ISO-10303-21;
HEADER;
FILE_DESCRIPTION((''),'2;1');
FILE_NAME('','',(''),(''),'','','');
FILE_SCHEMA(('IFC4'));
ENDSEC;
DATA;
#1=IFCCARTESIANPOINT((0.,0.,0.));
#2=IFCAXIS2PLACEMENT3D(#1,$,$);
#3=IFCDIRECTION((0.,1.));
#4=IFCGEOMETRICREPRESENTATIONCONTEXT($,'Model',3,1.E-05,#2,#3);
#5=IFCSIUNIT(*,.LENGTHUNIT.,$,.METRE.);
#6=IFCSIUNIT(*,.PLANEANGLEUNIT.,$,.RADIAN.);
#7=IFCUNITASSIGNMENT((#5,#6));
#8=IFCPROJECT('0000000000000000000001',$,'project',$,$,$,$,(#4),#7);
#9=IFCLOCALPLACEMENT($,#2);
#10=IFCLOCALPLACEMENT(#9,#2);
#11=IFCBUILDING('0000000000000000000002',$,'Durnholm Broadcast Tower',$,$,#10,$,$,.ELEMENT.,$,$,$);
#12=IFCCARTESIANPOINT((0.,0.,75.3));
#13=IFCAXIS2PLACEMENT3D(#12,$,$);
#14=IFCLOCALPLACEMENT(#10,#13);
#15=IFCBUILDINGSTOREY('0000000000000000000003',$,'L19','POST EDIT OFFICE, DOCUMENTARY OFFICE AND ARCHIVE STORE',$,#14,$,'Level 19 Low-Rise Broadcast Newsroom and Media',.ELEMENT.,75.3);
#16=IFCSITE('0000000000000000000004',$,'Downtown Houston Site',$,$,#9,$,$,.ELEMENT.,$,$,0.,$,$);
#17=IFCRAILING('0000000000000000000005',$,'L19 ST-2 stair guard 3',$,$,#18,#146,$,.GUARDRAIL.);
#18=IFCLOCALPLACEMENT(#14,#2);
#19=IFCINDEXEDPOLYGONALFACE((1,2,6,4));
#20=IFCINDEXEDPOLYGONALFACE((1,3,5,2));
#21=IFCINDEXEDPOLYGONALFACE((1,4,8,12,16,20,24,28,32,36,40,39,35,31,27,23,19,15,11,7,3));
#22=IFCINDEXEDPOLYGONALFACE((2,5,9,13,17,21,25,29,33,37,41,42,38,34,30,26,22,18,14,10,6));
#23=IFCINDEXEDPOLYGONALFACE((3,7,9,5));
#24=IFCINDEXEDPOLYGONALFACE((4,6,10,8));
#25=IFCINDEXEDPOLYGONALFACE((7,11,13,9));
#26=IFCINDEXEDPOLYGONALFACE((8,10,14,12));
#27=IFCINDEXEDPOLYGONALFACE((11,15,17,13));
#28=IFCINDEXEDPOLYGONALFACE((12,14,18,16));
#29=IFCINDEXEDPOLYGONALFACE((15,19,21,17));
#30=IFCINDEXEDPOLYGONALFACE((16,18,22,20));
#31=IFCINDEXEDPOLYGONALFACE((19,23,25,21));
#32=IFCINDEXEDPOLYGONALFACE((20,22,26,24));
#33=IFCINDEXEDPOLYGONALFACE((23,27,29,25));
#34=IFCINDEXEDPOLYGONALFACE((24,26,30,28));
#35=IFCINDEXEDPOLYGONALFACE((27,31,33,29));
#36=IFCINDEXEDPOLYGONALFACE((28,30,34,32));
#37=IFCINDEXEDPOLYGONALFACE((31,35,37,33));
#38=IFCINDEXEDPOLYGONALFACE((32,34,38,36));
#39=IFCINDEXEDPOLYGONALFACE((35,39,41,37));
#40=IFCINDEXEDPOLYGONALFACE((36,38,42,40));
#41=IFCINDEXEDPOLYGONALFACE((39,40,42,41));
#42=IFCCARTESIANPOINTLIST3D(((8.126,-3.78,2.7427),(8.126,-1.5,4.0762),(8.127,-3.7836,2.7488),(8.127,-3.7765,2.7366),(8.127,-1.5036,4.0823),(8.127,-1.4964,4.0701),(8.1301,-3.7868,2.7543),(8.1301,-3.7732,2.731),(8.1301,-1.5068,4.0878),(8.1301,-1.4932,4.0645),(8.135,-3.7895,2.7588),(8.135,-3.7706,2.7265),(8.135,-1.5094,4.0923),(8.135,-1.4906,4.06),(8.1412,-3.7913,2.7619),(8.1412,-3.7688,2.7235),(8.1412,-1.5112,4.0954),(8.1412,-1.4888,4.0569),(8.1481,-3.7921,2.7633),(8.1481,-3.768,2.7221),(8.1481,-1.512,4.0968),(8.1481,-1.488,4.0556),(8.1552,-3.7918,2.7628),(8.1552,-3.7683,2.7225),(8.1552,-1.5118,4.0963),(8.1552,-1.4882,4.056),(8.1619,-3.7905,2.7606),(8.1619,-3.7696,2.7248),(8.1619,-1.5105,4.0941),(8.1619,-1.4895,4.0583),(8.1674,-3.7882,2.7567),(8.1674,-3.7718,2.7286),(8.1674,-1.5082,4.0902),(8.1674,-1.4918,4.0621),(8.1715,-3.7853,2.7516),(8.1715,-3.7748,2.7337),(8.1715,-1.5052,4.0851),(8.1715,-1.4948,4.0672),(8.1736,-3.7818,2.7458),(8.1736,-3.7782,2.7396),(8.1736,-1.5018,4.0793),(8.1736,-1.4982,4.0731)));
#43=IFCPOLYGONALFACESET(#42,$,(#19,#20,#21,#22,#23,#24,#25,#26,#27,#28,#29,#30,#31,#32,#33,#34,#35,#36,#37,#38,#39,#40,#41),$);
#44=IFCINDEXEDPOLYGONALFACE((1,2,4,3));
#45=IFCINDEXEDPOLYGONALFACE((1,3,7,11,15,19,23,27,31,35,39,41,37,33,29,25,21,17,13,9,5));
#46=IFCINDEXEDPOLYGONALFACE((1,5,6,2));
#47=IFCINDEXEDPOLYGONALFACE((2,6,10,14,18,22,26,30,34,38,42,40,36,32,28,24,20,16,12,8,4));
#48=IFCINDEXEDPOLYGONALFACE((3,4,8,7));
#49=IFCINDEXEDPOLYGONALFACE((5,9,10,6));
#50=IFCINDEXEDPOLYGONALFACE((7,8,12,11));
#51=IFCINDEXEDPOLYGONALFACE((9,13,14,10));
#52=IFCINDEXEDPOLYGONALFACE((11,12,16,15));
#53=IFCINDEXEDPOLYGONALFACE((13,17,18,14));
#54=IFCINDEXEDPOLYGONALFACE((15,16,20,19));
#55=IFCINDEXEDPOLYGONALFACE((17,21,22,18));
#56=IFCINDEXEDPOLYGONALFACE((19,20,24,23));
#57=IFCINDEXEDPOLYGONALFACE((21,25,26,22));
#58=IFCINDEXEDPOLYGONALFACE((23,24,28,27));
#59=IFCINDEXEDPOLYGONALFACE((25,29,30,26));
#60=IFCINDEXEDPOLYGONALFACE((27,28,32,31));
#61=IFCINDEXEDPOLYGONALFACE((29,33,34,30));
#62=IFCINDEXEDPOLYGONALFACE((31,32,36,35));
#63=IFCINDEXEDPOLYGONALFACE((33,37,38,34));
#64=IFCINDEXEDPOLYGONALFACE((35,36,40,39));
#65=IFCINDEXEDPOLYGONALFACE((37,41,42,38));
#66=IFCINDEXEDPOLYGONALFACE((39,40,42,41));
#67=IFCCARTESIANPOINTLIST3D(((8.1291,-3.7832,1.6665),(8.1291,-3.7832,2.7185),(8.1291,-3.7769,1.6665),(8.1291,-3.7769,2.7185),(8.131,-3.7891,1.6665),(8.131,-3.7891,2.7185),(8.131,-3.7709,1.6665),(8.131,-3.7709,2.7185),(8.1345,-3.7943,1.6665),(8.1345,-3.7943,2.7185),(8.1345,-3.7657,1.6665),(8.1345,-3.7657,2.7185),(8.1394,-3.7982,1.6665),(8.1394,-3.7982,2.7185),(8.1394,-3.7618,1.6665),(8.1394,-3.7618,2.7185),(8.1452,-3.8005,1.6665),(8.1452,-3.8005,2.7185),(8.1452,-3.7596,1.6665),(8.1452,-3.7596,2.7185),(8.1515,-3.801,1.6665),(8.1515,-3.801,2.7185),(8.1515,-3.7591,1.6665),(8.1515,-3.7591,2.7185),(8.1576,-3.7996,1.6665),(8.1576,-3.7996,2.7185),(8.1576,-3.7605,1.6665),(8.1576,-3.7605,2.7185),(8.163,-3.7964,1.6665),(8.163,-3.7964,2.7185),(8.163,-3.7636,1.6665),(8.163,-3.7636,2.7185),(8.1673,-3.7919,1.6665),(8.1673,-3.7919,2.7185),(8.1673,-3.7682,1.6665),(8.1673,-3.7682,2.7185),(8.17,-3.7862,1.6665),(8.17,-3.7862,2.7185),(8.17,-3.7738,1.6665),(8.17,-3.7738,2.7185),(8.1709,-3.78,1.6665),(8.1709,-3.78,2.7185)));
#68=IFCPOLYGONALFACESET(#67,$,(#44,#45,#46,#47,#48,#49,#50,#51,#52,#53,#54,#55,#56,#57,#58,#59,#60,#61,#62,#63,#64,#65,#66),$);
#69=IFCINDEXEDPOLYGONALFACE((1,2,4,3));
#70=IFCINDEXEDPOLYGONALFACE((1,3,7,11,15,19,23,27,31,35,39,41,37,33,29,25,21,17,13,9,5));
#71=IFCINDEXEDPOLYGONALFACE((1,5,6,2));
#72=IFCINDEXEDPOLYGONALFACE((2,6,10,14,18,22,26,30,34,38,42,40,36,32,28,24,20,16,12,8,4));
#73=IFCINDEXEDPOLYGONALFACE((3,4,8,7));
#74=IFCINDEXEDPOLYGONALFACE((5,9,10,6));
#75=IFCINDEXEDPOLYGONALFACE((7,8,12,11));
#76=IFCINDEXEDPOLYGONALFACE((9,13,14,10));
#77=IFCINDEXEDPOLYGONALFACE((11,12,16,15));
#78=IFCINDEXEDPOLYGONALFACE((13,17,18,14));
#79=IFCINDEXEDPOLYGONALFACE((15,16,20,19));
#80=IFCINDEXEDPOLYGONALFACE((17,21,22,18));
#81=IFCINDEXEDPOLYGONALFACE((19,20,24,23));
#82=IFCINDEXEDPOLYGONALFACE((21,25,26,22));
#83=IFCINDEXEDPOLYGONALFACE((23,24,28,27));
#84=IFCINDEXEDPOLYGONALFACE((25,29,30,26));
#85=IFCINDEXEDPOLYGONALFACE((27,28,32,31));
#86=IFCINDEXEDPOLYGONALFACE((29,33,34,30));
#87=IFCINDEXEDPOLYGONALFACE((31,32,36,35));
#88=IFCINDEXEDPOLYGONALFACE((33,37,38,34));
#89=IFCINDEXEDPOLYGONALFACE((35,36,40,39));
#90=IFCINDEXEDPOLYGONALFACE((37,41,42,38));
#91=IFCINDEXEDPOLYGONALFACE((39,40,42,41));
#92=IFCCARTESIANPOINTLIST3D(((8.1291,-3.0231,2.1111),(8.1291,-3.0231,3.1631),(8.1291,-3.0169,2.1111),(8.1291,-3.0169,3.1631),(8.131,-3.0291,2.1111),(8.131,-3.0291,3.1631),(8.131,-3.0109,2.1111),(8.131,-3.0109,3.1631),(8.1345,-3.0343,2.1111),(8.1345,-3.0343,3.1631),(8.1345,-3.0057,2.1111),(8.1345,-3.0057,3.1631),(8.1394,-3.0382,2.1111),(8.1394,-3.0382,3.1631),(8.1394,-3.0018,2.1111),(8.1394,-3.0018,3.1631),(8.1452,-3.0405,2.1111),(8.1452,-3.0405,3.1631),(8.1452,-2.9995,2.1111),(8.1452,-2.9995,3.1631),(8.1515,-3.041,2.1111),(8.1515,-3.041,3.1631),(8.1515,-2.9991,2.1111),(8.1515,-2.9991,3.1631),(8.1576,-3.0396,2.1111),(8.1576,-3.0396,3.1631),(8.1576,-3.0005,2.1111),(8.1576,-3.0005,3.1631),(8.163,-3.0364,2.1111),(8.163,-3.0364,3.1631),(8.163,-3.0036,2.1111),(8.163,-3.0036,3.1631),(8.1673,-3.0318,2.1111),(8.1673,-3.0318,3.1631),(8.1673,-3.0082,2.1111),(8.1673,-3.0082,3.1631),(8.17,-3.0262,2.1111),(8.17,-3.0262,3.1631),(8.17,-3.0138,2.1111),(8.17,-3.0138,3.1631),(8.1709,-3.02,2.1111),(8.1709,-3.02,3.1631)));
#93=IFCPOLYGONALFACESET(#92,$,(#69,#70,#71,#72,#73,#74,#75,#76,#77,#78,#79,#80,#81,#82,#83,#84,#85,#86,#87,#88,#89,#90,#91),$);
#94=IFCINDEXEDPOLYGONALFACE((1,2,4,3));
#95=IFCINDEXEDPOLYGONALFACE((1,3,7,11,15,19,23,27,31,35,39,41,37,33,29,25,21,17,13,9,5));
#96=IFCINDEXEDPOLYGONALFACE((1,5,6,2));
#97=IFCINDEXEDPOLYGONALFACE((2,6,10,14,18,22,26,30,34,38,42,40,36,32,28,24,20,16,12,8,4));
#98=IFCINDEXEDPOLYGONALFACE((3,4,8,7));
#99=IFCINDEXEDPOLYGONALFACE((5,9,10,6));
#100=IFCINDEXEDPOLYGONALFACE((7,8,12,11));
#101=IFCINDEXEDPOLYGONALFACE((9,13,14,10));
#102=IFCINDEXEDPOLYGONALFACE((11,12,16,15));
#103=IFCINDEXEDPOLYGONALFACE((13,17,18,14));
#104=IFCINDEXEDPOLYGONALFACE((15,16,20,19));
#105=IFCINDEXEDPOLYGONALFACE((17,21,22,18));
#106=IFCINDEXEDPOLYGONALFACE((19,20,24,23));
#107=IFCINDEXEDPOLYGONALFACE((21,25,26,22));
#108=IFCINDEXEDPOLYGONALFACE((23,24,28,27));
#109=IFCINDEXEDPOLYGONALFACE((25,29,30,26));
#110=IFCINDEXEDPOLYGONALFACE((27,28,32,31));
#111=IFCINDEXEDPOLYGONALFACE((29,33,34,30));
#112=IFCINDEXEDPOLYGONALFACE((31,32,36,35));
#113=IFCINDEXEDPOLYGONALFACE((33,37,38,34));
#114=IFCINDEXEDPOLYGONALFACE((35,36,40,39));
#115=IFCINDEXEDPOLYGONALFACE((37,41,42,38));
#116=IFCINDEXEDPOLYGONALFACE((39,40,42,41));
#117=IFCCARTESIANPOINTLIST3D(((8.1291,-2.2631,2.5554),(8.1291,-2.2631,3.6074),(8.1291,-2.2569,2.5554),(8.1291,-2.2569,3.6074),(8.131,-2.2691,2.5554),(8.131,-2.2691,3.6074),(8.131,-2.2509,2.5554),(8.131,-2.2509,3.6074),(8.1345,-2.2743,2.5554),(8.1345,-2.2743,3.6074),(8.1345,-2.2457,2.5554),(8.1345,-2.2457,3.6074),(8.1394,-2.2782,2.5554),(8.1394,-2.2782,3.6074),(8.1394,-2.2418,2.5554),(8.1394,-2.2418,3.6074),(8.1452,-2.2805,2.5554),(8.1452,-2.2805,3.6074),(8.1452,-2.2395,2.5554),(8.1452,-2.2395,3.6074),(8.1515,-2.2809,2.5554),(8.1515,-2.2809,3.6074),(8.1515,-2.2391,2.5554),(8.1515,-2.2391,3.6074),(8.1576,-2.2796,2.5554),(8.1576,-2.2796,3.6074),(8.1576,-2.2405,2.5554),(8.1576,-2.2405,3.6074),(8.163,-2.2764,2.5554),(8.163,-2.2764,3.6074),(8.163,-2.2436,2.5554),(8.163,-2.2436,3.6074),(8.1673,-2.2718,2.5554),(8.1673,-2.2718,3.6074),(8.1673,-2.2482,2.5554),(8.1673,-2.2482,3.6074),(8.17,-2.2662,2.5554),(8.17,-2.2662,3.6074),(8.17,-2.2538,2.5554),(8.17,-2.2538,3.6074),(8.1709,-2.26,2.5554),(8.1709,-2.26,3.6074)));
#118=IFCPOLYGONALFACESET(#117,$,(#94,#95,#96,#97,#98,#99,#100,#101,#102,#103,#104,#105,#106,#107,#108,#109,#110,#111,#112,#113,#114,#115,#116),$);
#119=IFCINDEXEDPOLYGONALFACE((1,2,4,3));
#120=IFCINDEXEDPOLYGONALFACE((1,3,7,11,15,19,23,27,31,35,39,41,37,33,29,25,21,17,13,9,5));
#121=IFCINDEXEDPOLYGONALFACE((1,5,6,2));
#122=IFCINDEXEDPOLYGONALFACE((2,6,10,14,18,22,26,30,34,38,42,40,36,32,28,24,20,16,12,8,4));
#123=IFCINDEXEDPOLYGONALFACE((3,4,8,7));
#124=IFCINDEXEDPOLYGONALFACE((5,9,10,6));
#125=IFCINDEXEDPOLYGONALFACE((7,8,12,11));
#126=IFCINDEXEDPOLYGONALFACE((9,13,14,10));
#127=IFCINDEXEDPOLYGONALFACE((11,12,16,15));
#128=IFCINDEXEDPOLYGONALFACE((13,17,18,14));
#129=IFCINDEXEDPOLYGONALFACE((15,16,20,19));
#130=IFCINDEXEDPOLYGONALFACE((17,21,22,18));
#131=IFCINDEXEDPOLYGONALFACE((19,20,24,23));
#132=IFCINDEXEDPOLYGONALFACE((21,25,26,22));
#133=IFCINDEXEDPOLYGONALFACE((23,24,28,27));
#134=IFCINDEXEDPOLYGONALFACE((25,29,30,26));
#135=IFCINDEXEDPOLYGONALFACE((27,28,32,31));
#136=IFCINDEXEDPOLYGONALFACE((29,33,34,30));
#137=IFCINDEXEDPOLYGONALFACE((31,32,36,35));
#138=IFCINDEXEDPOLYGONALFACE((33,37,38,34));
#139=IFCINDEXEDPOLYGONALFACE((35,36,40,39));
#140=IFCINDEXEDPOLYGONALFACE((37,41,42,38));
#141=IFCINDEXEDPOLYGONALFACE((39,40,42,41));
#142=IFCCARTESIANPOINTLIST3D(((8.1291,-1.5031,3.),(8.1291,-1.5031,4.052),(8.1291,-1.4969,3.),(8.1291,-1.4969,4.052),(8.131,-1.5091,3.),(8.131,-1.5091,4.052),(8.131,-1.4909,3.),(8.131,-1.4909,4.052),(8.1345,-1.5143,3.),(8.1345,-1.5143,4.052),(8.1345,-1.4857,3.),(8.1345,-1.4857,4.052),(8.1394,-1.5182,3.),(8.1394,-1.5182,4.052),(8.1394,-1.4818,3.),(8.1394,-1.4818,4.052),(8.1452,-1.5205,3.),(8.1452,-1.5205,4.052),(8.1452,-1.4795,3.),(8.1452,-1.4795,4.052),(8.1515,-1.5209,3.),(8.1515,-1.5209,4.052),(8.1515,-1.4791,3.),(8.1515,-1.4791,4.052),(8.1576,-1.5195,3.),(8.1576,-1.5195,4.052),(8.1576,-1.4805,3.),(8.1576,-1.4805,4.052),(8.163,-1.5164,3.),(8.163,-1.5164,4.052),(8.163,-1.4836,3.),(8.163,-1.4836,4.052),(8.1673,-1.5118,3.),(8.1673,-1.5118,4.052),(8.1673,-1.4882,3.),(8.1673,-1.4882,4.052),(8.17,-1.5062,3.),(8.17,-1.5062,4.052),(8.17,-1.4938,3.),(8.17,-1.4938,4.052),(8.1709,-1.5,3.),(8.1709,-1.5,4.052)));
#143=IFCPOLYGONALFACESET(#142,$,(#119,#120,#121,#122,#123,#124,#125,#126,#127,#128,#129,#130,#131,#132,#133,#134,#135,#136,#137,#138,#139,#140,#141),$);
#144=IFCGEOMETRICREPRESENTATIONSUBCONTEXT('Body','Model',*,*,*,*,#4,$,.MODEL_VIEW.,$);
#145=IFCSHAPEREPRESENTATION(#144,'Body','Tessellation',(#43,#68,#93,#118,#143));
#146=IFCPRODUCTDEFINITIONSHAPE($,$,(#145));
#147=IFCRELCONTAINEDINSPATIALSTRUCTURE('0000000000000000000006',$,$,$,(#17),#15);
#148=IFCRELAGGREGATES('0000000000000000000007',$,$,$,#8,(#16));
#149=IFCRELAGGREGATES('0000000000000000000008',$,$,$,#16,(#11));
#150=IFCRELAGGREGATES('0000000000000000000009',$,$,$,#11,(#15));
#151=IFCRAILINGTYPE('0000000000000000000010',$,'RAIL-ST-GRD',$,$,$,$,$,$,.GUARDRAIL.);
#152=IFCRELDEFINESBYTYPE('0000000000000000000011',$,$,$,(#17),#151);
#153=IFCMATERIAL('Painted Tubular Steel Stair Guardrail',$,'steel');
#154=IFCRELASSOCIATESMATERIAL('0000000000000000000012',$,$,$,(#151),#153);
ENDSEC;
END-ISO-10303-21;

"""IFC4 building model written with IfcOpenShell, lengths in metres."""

from ifc_helpers import new_model, si_unit, direction, frame, origin, origin_2d, place, context, subcontext, project, spatial, circle, extrude, material, type_object, element, save


model = new_model("IFC4")

# Units and contexts
model_context = context("Model", 3, precision=1e-05, world=origin(), true_north=direction((0.0, 1.0)))
body_context = subcontext(model_context, "Body", "Model", "MODEL_VIEW")
ifc_project = project(units=[si_unit("LENGTHUNIT", "METRE"), si_unit("PLANEANGLEUNIT", "RADIAN")], contexts=[model_context])

# Site, building, storey
site_placement = place(None, origin())
site = spatial("IfcSite", under=ifc_project, at=site_placement, Name="Downtown Houston Site", CompositionType="ELEMENT", RefElevation=0.0)
building_placement = place(site_placement, origin())
building = spatial("IfcBuilding", under=site, at=building_placement, Name="Durnholm Broadcast Tower", CompositionType="ELEMENT")
storey_placement = place(building_placement, frame((0.0, 0.0, 75.3)))
storey = spatial("IfcBuildingStorey", under=building, at=storey_placement, Name="L19", Description="POST EDIT OFFICE, DOCUMENTARY OFFICE AND ARCHIVE STORE", LongName="Level 19 Low-Rise Broadcast Newsroom and Media", CompositionType="ELEMENT", Elevation=75.3)

# Railing
ifc_material_1 = material(Name="Painted Tubular Steel Stair Guardrail", Category="steel")
railing_type_1 = type_object("IfcRailingType", Name="RAIL-ST-GRD", PredefinedType="GUARDRAIL", material=ifc_material_1)
railing_1_placement = place(storey_placement, frame((8.1499, -3.78, 1.6665)))
element("IfcRailing", 1, at=railing_1_placement, inside=storey, type_object=railing_type_1, Name="L19 ST-2 stair guard 3", PredefinedType="GUARDRAIL", context=body_context, shape_type="SweptSolid", body=[
    extrude(circle(Radius=0.0239, at=origin_2d()), frame((0.0, 0.0, 1.0762), z_axis=(0.0, 0.863205, 0.504853), x_axis=(-1.0, 0.0, 0.0)), (0.0, 0.0, 1.0), 2.6414),
    extrude(circle(Radius=0.021, at=origin_2d()), origin(), (0.0, 0.0, 1.0), 1.052),
    extrude(circle(Radius=0.021, at=origin_2d()), frame((0.0, 0.76, 0.4446)), (0.0, 0.0, 1.0), 1.052),
    extrude(circle(Radius=0.021, at=origin_2d()), frame((0.0, 1.52, 0.8889)), (0.0, 0.0, 1.0), 1.052),
    extrude(circle(Radius=0.021, at=origin_2d()), frame((0.0, 2.28, 1.3335)), (0.0, 0.0, 1.0), 1.052),
])

save(model, "model.ifc")
